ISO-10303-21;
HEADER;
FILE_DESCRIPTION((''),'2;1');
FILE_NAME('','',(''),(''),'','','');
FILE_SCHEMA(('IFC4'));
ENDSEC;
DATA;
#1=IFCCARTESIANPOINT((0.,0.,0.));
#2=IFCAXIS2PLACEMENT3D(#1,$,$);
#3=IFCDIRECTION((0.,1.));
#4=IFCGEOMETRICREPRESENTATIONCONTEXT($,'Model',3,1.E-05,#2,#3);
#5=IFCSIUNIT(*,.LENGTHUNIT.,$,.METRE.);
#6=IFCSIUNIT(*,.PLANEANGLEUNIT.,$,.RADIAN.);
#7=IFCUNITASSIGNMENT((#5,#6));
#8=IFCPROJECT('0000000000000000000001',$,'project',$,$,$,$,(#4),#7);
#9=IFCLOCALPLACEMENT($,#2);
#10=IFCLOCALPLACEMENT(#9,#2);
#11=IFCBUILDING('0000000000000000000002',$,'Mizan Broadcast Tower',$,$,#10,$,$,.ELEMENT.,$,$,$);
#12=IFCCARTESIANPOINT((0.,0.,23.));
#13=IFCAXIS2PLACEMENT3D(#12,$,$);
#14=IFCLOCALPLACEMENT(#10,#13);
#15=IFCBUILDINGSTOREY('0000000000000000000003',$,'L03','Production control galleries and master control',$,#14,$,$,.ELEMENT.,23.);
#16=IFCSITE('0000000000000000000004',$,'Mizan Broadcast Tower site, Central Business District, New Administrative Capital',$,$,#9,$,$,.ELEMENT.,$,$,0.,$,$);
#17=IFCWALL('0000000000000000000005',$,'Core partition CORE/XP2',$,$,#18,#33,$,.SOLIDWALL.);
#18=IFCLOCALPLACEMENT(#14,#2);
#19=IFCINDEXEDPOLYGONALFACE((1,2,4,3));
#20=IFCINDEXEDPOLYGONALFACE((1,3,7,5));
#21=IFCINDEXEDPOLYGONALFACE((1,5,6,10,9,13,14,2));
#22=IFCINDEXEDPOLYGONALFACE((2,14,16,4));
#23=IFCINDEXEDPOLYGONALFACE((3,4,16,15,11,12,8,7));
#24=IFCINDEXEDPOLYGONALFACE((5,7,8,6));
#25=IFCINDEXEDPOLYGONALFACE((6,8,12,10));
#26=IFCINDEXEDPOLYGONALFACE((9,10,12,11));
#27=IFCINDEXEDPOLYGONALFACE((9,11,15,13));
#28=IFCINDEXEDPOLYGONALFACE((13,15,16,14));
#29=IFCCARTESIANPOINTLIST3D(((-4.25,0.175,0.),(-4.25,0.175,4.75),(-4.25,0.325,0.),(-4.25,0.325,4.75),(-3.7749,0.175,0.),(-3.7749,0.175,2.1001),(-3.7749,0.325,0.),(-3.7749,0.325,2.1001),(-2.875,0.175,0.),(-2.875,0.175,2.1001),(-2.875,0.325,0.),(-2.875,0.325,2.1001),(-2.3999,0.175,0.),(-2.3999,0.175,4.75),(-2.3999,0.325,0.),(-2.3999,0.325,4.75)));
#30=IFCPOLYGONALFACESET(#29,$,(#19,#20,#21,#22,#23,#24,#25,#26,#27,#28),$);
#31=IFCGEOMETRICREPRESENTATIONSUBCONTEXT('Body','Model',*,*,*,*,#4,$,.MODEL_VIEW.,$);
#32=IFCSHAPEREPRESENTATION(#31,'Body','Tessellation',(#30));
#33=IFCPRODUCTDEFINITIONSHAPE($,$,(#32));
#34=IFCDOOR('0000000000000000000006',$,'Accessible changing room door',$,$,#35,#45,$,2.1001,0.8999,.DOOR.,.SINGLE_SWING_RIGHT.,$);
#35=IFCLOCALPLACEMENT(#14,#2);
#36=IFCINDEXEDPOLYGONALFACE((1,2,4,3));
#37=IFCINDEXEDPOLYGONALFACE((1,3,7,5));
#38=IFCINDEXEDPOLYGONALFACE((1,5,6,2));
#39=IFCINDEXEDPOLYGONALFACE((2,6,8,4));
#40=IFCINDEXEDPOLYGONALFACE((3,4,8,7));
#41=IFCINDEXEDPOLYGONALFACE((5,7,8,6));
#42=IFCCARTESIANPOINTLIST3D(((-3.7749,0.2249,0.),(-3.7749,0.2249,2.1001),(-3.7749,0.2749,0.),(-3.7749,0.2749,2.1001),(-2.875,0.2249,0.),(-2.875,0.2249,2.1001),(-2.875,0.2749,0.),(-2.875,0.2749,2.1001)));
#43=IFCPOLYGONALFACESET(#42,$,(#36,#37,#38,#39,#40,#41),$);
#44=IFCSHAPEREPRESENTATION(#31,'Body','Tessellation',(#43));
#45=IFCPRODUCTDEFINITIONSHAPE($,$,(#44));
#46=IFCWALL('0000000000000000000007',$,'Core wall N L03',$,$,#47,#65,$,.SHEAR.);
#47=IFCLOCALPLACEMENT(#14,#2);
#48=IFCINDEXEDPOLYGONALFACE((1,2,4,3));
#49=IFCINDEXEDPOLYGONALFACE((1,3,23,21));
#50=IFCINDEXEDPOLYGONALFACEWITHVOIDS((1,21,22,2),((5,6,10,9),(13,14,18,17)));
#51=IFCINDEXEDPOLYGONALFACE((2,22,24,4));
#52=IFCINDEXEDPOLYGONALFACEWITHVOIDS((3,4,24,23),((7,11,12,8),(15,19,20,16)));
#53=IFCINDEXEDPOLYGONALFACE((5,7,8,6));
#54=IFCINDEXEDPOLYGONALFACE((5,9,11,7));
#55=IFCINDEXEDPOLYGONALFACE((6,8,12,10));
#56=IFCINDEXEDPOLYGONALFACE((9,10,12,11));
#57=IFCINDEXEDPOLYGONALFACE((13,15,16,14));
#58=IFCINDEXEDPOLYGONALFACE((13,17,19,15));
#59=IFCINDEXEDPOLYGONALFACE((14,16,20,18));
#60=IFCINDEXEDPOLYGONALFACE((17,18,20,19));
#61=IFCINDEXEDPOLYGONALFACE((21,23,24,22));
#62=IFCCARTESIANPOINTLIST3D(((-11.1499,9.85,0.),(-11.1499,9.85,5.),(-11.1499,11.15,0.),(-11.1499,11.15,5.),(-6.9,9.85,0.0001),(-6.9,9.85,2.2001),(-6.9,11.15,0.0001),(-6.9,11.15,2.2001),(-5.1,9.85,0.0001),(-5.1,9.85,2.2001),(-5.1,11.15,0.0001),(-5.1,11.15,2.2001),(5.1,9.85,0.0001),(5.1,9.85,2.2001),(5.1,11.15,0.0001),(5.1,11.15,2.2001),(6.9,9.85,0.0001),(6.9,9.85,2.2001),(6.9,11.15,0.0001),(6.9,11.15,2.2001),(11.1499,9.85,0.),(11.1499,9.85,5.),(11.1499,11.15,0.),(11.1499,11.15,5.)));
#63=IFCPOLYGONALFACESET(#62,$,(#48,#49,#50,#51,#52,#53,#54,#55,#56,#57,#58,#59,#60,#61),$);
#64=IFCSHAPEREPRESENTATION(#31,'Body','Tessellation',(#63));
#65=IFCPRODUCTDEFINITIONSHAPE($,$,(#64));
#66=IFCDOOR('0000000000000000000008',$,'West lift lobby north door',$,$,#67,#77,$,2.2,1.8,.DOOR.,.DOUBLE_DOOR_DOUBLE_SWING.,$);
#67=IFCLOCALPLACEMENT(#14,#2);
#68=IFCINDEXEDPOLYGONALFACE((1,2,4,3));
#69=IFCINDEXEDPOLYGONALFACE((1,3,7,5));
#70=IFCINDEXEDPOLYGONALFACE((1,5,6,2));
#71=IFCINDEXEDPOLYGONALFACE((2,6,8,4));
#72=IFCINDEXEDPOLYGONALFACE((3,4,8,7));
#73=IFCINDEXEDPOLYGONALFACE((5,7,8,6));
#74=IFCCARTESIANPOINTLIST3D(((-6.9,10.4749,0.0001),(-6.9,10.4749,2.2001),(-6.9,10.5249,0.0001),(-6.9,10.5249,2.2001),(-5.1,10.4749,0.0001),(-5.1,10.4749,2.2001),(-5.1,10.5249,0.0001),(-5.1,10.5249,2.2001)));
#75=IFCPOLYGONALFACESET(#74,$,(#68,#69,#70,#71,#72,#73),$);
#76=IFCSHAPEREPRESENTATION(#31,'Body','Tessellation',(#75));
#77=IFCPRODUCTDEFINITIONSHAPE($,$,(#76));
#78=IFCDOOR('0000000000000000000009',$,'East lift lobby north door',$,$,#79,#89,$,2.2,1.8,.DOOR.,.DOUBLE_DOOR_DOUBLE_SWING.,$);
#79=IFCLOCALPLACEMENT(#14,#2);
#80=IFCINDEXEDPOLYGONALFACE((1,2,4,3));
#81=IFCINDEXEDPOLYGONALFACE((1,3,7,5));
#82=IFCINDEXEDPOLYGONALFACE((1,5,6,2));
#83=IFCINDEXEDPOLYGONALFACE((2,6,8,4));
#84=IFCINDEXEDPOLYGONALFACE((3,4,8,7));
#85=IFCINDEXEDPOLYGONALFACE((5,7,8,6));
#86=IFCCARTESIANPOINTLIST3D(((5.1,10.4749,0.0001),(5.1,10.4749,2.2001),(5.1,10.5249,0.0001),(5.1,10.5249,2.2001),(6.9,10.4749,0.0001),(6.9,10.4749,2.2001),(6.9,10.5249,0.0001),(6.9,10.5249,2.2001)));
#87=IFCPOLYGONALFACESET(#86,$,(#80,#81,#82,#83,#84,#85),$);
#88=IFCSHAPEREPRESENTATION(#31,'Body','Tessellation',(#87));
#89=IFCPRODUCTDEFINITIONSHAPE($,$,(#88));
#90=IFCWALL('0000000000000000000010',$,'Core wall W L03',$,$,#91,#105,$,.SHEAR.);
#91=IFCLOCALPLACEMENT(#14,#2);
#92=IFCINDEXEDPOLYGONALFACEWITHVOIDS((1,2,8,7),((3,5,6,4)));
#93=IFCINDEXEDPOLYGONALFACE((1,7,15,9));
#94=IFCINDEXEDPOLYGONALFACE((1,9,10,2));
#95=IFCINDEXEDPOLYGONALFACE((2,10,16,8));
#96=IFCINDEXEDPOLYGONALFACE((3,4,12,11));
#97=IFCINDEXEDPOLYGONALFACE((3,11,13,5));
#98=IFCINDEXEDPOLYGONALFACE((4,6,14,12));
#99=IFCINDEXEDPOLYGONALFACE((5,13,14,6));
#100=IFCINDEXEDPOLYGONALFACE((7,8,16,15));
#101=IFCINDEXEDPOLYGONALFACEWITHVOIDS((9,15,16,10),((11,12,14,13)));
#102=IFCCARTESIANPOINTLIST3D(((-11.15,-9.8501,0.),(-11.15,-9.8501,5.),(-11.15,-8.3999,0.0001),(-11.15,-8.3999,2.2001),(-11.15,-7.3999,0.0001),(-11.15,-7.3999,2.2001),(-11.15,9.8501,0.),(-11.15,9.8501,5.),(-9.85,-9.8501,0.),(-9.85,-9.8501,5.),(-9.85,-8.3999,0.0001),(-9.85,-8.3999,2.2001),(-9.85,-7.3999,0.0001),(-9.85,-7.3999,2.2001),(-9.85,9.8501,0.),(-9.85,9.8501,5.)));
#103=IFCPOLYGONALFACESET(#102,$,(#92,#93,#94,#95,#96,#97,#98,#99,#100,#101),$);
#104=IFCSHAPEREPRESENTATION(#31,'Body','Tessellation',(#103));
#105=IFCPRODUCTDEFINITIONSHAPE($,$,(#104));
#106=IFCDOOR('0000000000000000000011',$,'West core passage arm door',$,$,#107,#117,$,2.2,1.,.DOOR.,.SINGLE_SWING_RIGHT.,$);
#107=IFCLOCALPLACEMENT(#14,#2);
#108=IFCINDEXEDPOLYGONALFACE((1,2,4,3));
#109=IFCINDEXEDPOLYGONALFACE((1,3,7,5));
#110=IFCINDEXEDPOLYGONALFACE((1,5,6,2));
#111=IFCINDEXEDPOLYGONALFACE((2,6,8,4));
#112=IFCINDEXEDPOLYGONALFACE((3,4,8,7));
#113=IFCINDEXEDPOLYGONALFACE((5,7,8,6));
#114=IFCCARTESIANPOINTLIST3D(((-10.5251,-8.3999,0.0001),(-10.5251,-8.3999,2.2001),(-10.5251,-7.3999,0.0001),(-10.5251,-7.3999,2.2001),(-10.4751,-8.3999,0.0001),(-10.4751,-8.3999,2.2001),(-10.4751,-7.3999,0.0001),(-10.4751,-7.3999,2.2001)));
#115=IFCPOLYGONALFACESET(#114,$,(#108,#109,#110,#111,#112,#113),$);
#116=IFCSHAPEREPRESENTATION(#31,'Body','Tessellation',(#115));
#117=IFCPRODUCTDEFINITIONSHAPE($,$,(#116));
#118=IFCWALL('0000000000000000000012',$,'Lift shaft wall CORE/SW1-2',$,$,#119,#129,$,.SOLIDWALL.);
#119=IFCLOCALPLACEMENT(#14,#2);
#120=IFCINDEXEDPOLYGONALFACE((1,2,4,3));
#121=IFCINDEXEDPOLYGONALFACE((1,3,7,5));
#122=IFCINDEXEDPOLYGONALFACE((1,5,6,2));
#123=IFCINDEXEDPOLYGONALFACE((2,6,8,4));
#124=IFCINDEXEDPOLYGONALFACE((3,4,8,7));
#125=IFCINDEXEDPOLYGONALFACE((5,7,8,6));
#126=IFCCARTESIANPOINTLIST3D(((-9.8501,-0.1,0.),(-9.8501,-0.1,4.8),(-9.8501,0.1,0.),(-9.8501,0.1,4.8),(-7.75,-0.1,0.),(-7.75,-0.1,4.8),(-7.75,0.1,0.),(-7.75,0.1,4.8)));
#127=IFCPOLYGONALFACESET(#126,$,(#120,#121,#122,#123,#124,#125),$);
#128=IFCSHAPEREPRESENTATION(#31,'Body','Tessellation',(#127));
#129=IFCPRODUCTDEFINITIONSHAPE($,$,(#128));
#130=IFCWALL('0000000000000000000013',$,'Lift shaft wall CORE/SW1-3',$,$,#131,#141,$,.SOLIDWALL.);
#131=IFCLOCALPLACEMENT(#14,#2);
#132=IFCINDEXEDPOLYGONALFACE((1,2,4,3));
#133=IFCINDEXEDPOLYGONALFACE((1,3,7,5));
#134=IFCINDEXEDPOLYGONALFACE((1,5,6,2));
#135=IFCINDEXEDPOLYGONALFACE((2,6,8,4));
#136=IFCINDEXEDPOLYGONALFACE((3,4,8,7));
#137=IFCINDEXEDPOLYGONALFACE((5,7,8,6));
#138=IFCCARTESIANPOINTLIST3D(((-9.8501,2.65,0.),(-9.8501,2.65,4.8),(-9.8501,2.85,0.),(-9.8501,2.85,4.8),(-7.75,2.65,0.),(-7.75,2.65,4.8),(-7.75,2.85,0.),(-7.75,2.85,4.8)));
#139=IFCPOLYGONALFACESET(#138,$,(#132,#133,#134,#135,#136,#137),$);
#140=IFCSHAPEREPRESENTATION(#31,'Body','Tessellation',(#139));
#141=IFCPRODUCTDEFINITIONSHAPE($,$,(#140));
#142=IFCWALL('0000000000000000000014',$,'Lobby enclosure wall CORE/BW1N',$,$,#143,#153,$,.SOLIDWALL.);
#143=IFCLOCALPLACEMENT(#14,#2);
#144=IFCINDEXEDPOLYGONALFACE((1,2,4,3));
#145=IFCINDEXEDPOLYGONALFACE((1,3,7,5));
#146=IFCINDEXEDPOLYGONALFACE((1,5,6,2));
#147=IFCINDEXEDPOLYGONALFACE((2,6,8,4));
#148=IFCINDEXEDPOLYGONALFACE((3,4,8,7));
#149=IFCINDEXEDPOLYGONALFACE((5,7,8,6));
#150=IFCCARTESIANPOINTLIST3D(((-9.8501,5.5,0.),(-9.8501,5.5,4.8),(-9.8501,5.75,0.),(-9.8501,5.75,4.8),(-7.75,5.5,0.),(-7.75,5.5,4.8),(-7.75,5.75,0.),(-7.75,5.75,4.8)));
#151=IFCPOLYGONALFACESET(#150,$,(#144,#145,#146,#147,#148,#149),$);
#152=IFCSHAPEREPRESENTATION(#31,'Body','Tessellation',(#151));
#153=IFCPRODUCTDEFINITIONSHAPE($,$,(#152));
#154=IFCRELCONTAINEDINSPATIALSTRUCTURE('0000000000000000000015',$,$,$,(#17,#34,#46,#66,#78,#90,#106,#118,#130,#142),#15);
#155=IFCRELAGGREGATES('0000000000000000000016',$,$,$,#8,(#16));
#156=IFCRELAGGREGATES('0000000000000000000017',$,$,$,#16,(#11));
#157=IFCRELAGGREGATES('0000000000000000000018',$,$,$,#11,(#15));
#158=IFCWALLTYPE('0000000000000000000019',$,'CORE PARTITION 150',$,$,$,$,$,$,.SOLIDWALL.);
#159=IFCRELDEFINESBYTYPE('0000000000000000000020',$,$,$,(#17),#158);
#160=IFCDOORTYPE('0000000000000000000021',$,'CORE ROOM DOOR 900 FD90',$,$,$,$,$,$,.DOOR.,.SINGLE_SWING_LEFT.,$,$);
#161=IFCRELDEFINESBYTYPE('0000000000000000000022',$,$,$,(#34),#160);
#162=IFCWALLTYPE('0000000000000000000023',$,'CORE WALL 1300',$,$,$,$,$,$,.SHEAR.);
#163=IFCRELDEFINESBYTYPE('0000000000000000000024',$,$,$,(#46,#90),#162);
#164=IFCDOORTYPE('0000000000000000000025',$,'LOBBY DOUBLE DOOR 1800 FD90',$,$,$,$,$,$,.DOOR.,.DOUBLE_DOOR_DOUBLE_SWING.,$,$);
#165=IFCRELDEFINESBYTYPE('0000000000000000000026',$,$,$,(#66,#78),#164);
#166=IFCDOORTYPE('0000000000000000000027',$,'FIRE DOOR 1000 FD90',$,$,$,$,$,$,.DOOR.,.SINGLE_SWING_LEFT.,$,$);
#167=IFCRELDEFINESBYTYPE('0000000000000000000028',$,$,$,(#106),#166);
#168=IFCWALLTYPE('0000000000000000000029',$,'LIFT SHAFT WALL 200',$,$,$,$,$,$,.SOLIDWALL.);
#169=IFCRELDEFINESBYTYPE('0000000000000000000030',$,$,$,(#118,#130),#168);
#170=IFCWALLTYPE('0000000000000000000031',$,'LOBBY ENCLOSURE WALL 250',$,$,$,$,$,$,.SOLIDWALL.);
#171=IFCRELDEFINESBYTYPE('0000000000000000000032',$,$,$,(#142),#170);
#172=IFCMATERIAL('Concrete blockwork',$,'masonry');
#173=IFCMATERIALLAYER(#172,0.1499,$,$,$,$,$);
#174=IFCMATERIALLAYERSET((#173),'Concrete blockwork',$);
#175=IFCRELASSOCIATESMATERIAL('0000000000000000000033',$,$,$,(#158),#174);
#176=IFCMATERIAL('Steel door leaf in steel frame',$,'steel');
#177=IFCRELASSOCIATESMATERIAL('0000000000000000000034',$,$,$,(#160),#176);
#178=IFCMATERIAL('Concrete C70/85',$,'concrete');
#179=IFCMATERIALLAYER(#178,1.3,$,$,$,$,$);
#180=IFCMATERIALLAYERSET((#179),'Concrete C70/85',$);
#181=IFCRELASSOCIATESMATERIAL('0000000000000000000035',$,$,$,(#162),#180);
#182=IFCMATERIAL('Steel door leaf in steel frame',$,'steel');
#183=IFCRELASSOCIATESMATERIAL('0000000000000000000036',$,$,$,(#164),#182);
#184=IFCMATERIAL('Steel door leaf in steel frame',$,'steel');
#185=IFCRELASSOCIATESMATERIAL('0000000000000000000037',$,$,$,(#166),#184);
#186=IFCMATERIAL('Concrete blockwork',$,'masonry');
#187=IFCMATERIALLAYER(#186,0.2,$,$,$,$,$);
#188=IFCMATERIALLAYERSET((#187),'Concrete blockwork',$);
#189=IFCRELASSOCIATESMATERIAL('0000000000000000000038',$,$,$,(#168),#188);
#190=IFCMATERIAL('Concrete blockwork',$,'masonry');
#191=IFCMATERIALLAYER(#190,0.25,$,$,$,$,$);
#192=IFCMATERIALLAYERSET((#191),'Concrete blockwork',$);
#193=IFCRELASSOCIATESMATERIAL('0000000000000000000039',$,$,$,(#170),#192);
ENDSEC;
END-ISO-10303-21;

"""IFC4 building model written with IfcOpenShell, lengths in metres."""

from ifc_helpers import new_model, si_unit, direction, frame, frame_2d, origin, place, context, subcontext, project, spatial, rectangle, extrude, material, layer, layer_set, type_object, element, fill, save


model = new_model("IFC4")

# Units and contexts
model_context = context("Model", 3, precision=1e-05, world=origin(), true_north=direction((0.0, 1.0)))
body_context = subcontext(model_context, "Body", "Model", "MODEL_VIEW")
ifc_project = project(units=[si_unit("LENGTHUNIT", "METRE"), si_unit("PLANEANGLEUNIT", "RADIAN")], contexts=[model_context])

# Site, building, storey
site_placement = place(None, origin())
site = spatial("IfcSite", under=ifc_project, at=site_placement, Name="Mizan Broadcast Tower site, Central Business District, New Administrative Capital", CompositionType="ELEMENT", RefElevation=0.0)
building_placement = place(site_placement, origin())
building = spatial("IfcBuilding", under=site, at=building_placement, Name="Mizan Broadcast Tower", CompositionType="ELEMENT")
storey_placement = place(building_placement, frame((0.0, 0.0, 23.0)))
storey = spatial("IfcBuildingStorey", under=building, at=storey_placement, Name="L03", Description="Production control galleries and master control", CompositionType="ELEMENT", Elevation=23.0)

# Wall, opening, door
ifc_material_1 = material(Name="Concrete blockwork", Category="masonry")
ifc_layer_1 = layer(ifc_material_1, 0.1499)
ifc_layer_set_1 = layer_set([ifc_layer_1], Name="Concrete blockwork")
wall_type_1 = type_object("IfcWallType", Name="CORE PARTITION 150", PredefinedType="SOLIDWALL", material=ifc_layer_set_1)
wall_1_placement = place(storey_placement, frame((-4.25, 0.25, 0.0), z_axis=(0.0, 0.0, 1.0), x_axis=(1.0, 0.0, 0.0)))
wall_1 = element("IfcWall", 1, at=wall_1_placement, inside=storey, type_object=wall_type_1, Name="Core partition CORE/XP2", PredefinedType="SOLIDWALL", context=body_context, shape_type="SweptSolid", body=[
    extrude(rectangle(XDim=1.8501, YDim=0.1499, at=frame_2d((0.925, 0.0))), origin(), (0.0, 0.0, 1.0), 4.75),
])
opening_1_placement = place(wall_1_placement, frame((0.4751, 0.0, 0.0)))
opening_1 = element("IfcOpeningElement", 2, at=opening_1_placement, cuts=wall_1, PredefinedType="OPENING", context=body_context, shape_type="SweptSolid", body=[
    extrude(rectangle(XDim=0.8999, YDim=2.1001, at=frame_2d((0.45, 1.05))), frame((0.0, 0.085, 0.0), z_axis=(0.0, -1.0, 0.0), x_axis=(1.0, 0.0, 0.0)), (0.0, 0.0, 1.0), 0.1699),
])
ifc_material_2 = material(Name="Steel door leaf in steel frame", Category="steel")
door_type_1 = type_object("IfcDoorType", Name="CORE ROOM DOOR 900 FD90", OperationType="SINGLE_SWING_LEFT", PredefinedType="DOOR", material=ifc_material_2)
door_1_placement = place(opening_1_placement, origin())
door_1 = element("IfcDoor", 3, at=door_1_placement, inside=storey, type_object=door_type_1, Name="Accessible changing room door", OperationType="SINGLE_SWING_RIGHT", OverallHeight=2.1001, OverallWidth=0.8999, PredefinedType="DOOR", context=body_context, shape_type="SweptSolid", body=[
    extrude(rectangle(XDim=0.8999, YDim=2.1001, at=frame_2d((0.45, 1.05))), frame((0.0, 0.0249, 0.0), z_axis=(0.0, -1.0, 0.0), x_axis=(1.0, 0.0, 0.0)), (0.0, 0.0, 1.0), 0.05),
])
fill(opening_1, door_1)

# Wall, openings, doors
ifc_material_3 = material(Name="Concrete C70/85", Category="concrete")
ifc_layer_2 = layer(ifc_material_3, 1.3)
ifc_layer_set_2 = layer_set([ifc_layer_2], Name="Concrete C70/85")
wall_type_2 = type_object("IfcWallType", Name="CORE WALL 1300", PredefinedType="SHEAR", material=ifc_layer_set_2)
wall_2_placement = place(storey_placement, frame((-11.1499, 10.5, 0.0), z_axis=(0.0, 0.0, 1.0), x_axis=(1.0, 0.0, 0.0)))
wall_2 = element("IfcWall", 4, at=wall_2_placement, inside=storey, type_object=wall_type_2, Name="Core wall N L03", PredefinedType="SHEAR", context=body_context, shape_type="SweptSolid", body=[
    extrude(rectangle(XDim=22.2998, YDim=1.3, at=frame_2d((11.1499, 0.0))), origin(), (0.0, 0.0, 1.0), 5.0),
])
opening_2_placement = place(wall_2_placement, frame((4.25, 0.0, 0.0)))
opening_2 = element("IfcOpeningElement", 5, at=opening_2_placement, cuts=wall_2, PredefinedType="OPENING", context=body_context, shape_type="SweptSolid", body=[
    extrude(rectangle(XDim=1.8, YDim=2.2, at=frame_2d((0.8999, 1.1001))), frame((0.0, 0.6599, 0.0), z_axis=(0.0, -1.0, 0.0), x_axis=(1.0, 0.0, 0.0)), (0.0, 0.0, 1.0), 1.3201),
])
opening_3_placement = place(wall_2_placement, frame((16.25, 0.0, 0.0)))
opening_3 = element("IfcOpeningElement", 6, at=opening_3_placement, cuts=wall_2, PredefinedType="OPENING", context=body_context, shape_type="SweptSolid", body=[
    extrude(rectangle(XDim=1.8, YDim=2.2, at=frame_2d((0.8999, 1.1001))), frame((0.0, 0.6599, 0.0), z_axis=(0.0, -1.0, 0.0), x_axis=(1.0, 0.0, 0.0)), (0.0, 0.0, 1.0), 1.3201),
])
ifc_material_4 = material(Name="Steel door leaf in steel frame", Category="steel")
door_type_2 = type_object("IfcDoorType", Name="LOBBY DOUBLE DOOR 1800 FD90", OperationType="DOUBLE_DOOR_DOUBLE_SWING", PredefinedType="DOOR", material=ifc_material_4)
door_2_placement = place(opening_2_placement, origin())
door_2 = element("IfcDoor", 7, at=door_2_placement, inside=storey, type_object=door_type_2, Name="West lift lobby north door", OperationType="DOUBLE_DOOR_DOUBLE_SWING", OverallHeight=2.2, OverallWidth=1.8, PredefinedType="DOOR", context=body_context, shape_type="SweptSolid", body=[
    extrude(rectangle(XDim=1.8, YDim=2.2, at=frame_2d((0.8999, 1.1001))), frame((0.0, 0.0249, 0.0), z_axis=(0.0, -1.0, 0.0), x_axis=(1.0, 0.0, 0.0)), (0.0, 0.0, 1.0), 0.05),
])
fill(opening_2, door_2)
door_3_placement = place(opening_3_placement, origin())
door_3 = element("IfcDoor", 8, at=door_3_placement, inside=storey, type_object=door_type_2, Name="East lift lobby north door", OperationType="DOUBLE_DOOR_DOUBLE_SWING", OverallHeight=2.2, OverallWidth=1.8, PredefinedType="DOOR", context=body_context, shape_type="SweptSolid", body=[
    extrude(rectangle(XDim=1.8, YDim=2.2, at=frame_2d((0.8999, 1.1001))), frame((0.0, 0.0249, 0.0), z_axis=(0.0, -1.0, 0.0), x_axis=(1.0, 0.0, 0.0)), (0.0, 0.0, 1.0), 0.05),
])
fill(opening_3, door_3)

# Wall, opening, door
wall_3_placement = place(storey_placement, frame((-10.5, 9.8501, 0.0), z_axis=(0.0, 0.0, 1.0), x_axis=(0.0, -1.0, 0.0)))
wall_3 = element("IfcWall", 9, at=wall_3_placement, inside=storey, type_object=wall_type_2, Name="Core wall W L03", PredefinedType="SHEAR", context=body_context, shape_type="SweptSolid", body=[
    extrude(rectangle(XDim=19.7002, YDim=1.3, at=frame_2d((9.8501, 0.0))), origin(), (0.0, 0.0, 1.0), 5.0),
])
opening_4_placement = place(wall_3_placement, frame((17.25, 0.0, 0.0)))
opening_4 = element("IfcOpeningElement", 10, at=opening_4_placement, cuts=wall_3, PredefinedType="OPENING", context=body_context, shape_type="SweptSolid", body=[
    extrude(rectangle(XDim=1.0, YDim=2.2, at=frame_2d((0.5, 1.1001))), frame((0.0, 0.6599, 0.0), z_axis=(0.0, -1.0, 0.0), x_axis=(1.0, 0.0, 0.0)), (0.0, 0.0, 1.0), 1.3201),
])
ifc_material_5 = material(Name="Steel door leaf in steel frame", Category="steel")
door_type_3 = type_object("IfcDoorType", Name="FIRE DOOR 1000 FD90", OperationType="SINGLE_SWING_LEFT", PredefinedType="DOOR", material=ifc_material_5)
door_4_placement = place(opening_4_placement, origin())
door_4 = element("IfcDoor", 11, at=door_4_placement, inside=storey, type_object=door_type_3, Name="West core passage arm door", OperationType="SINGLE_SWING_RIGHT", OverallHeight=2.2, OverallWidth=1.0, PredefinedType="DOOR", context=body_context, shape_type="SweptSolid", body=[
    extrude(rectangle(XDim=1.0, YDim=2.2, at=frame_2d((0.5, 1.1001))), frame((0.0, 0.0249, 0.0), z_axis=(0.0, -1.0, 0.0), x_axis=(1.0, 0.0, 0.0)), (0.0, 0.0, 1.0), 0.05),
])
fill(opening_4, door_4)

# Walls
ifc_material_6 = material(Name="Concrete blockwork", Category="masonry")
ifc_layer_3 = layer(ifc_material_6, 0.2)
ifc_layer_set_3 = layer_set([ifc_layer_3], Name="Concrete blockwork")
wall_type_3 = type_object("IfcWallType", Name="LIFT SHAFT WALL 200", PredefinedType="SOLIDWALL", material=ifc_layer_set_3)
for number, where, z_axis, x_axis, name in (
    (12, (-9.8501, 0.0, 0.0), (0.0, 0.0, 1.0), (1.0, 0.0, 0.0), "Lift shaft wall CORE/SW1-2"),
    (13, (-9.8501, 2.75, 0.0), (0.0, 0.0, 1.0), (1.0, 0.0, 0.0), "Lift shaft wall CORE/SW1-3"),
):
    element("IfcWall", number, at=place(storey_placement, frame(where, z_axis=z_axis, x_axis=x_axis)), inside=storey, type_object=wall_type_3, Name=name, PredefinedType="SOLIDWALL", context=body_context, shape_type="SweptSolid", body=[
        extrude(rectangle(XDim=2.1001, YDim=0.2, at=frame_2d((1.05, 0.0))), origin(), (0.0, 0.0, 1.0), 4.8),
    ])
ifc_material_7 = material(Name="Concrete blockwork", Category="masonry")
ifc_layer_4 = layer(ifc_material_7, 0.25)
ifc_layer_set_4 = layer_set([ifc_layer_4], Name="Concrete blockwork")
wall_type_4 = type_object("IfcWallType", Name="LOBBY ENCLOSURE WALL 250", PredefinedType="SOLIDWALL", material=ifc_layer_set_4)
wall_4_placement = place(storey_placement, frame((-9.8501, 5.625, 0.0), z_axis=(0.0, 0.0, 1.0), x_axis=(1.0, 0.0, 0.0)))
element("IfcWall", 14, at=wall_4_placement, inside=storey, type_object=wall_type_4, Name="Lobby enclosure wall CORE/BW1N", PredefinedType="SOLIDWALL", context=body_context, shape_type="SweptSolid", body=[
    extrude(rectangle(XDim=2.1001, YDim=0.25, at=frame_2d((1.05, 0.0))), origin(), (0.0, 0.0, 1.0), 4.8),
])

save(model, "model.ifc")
